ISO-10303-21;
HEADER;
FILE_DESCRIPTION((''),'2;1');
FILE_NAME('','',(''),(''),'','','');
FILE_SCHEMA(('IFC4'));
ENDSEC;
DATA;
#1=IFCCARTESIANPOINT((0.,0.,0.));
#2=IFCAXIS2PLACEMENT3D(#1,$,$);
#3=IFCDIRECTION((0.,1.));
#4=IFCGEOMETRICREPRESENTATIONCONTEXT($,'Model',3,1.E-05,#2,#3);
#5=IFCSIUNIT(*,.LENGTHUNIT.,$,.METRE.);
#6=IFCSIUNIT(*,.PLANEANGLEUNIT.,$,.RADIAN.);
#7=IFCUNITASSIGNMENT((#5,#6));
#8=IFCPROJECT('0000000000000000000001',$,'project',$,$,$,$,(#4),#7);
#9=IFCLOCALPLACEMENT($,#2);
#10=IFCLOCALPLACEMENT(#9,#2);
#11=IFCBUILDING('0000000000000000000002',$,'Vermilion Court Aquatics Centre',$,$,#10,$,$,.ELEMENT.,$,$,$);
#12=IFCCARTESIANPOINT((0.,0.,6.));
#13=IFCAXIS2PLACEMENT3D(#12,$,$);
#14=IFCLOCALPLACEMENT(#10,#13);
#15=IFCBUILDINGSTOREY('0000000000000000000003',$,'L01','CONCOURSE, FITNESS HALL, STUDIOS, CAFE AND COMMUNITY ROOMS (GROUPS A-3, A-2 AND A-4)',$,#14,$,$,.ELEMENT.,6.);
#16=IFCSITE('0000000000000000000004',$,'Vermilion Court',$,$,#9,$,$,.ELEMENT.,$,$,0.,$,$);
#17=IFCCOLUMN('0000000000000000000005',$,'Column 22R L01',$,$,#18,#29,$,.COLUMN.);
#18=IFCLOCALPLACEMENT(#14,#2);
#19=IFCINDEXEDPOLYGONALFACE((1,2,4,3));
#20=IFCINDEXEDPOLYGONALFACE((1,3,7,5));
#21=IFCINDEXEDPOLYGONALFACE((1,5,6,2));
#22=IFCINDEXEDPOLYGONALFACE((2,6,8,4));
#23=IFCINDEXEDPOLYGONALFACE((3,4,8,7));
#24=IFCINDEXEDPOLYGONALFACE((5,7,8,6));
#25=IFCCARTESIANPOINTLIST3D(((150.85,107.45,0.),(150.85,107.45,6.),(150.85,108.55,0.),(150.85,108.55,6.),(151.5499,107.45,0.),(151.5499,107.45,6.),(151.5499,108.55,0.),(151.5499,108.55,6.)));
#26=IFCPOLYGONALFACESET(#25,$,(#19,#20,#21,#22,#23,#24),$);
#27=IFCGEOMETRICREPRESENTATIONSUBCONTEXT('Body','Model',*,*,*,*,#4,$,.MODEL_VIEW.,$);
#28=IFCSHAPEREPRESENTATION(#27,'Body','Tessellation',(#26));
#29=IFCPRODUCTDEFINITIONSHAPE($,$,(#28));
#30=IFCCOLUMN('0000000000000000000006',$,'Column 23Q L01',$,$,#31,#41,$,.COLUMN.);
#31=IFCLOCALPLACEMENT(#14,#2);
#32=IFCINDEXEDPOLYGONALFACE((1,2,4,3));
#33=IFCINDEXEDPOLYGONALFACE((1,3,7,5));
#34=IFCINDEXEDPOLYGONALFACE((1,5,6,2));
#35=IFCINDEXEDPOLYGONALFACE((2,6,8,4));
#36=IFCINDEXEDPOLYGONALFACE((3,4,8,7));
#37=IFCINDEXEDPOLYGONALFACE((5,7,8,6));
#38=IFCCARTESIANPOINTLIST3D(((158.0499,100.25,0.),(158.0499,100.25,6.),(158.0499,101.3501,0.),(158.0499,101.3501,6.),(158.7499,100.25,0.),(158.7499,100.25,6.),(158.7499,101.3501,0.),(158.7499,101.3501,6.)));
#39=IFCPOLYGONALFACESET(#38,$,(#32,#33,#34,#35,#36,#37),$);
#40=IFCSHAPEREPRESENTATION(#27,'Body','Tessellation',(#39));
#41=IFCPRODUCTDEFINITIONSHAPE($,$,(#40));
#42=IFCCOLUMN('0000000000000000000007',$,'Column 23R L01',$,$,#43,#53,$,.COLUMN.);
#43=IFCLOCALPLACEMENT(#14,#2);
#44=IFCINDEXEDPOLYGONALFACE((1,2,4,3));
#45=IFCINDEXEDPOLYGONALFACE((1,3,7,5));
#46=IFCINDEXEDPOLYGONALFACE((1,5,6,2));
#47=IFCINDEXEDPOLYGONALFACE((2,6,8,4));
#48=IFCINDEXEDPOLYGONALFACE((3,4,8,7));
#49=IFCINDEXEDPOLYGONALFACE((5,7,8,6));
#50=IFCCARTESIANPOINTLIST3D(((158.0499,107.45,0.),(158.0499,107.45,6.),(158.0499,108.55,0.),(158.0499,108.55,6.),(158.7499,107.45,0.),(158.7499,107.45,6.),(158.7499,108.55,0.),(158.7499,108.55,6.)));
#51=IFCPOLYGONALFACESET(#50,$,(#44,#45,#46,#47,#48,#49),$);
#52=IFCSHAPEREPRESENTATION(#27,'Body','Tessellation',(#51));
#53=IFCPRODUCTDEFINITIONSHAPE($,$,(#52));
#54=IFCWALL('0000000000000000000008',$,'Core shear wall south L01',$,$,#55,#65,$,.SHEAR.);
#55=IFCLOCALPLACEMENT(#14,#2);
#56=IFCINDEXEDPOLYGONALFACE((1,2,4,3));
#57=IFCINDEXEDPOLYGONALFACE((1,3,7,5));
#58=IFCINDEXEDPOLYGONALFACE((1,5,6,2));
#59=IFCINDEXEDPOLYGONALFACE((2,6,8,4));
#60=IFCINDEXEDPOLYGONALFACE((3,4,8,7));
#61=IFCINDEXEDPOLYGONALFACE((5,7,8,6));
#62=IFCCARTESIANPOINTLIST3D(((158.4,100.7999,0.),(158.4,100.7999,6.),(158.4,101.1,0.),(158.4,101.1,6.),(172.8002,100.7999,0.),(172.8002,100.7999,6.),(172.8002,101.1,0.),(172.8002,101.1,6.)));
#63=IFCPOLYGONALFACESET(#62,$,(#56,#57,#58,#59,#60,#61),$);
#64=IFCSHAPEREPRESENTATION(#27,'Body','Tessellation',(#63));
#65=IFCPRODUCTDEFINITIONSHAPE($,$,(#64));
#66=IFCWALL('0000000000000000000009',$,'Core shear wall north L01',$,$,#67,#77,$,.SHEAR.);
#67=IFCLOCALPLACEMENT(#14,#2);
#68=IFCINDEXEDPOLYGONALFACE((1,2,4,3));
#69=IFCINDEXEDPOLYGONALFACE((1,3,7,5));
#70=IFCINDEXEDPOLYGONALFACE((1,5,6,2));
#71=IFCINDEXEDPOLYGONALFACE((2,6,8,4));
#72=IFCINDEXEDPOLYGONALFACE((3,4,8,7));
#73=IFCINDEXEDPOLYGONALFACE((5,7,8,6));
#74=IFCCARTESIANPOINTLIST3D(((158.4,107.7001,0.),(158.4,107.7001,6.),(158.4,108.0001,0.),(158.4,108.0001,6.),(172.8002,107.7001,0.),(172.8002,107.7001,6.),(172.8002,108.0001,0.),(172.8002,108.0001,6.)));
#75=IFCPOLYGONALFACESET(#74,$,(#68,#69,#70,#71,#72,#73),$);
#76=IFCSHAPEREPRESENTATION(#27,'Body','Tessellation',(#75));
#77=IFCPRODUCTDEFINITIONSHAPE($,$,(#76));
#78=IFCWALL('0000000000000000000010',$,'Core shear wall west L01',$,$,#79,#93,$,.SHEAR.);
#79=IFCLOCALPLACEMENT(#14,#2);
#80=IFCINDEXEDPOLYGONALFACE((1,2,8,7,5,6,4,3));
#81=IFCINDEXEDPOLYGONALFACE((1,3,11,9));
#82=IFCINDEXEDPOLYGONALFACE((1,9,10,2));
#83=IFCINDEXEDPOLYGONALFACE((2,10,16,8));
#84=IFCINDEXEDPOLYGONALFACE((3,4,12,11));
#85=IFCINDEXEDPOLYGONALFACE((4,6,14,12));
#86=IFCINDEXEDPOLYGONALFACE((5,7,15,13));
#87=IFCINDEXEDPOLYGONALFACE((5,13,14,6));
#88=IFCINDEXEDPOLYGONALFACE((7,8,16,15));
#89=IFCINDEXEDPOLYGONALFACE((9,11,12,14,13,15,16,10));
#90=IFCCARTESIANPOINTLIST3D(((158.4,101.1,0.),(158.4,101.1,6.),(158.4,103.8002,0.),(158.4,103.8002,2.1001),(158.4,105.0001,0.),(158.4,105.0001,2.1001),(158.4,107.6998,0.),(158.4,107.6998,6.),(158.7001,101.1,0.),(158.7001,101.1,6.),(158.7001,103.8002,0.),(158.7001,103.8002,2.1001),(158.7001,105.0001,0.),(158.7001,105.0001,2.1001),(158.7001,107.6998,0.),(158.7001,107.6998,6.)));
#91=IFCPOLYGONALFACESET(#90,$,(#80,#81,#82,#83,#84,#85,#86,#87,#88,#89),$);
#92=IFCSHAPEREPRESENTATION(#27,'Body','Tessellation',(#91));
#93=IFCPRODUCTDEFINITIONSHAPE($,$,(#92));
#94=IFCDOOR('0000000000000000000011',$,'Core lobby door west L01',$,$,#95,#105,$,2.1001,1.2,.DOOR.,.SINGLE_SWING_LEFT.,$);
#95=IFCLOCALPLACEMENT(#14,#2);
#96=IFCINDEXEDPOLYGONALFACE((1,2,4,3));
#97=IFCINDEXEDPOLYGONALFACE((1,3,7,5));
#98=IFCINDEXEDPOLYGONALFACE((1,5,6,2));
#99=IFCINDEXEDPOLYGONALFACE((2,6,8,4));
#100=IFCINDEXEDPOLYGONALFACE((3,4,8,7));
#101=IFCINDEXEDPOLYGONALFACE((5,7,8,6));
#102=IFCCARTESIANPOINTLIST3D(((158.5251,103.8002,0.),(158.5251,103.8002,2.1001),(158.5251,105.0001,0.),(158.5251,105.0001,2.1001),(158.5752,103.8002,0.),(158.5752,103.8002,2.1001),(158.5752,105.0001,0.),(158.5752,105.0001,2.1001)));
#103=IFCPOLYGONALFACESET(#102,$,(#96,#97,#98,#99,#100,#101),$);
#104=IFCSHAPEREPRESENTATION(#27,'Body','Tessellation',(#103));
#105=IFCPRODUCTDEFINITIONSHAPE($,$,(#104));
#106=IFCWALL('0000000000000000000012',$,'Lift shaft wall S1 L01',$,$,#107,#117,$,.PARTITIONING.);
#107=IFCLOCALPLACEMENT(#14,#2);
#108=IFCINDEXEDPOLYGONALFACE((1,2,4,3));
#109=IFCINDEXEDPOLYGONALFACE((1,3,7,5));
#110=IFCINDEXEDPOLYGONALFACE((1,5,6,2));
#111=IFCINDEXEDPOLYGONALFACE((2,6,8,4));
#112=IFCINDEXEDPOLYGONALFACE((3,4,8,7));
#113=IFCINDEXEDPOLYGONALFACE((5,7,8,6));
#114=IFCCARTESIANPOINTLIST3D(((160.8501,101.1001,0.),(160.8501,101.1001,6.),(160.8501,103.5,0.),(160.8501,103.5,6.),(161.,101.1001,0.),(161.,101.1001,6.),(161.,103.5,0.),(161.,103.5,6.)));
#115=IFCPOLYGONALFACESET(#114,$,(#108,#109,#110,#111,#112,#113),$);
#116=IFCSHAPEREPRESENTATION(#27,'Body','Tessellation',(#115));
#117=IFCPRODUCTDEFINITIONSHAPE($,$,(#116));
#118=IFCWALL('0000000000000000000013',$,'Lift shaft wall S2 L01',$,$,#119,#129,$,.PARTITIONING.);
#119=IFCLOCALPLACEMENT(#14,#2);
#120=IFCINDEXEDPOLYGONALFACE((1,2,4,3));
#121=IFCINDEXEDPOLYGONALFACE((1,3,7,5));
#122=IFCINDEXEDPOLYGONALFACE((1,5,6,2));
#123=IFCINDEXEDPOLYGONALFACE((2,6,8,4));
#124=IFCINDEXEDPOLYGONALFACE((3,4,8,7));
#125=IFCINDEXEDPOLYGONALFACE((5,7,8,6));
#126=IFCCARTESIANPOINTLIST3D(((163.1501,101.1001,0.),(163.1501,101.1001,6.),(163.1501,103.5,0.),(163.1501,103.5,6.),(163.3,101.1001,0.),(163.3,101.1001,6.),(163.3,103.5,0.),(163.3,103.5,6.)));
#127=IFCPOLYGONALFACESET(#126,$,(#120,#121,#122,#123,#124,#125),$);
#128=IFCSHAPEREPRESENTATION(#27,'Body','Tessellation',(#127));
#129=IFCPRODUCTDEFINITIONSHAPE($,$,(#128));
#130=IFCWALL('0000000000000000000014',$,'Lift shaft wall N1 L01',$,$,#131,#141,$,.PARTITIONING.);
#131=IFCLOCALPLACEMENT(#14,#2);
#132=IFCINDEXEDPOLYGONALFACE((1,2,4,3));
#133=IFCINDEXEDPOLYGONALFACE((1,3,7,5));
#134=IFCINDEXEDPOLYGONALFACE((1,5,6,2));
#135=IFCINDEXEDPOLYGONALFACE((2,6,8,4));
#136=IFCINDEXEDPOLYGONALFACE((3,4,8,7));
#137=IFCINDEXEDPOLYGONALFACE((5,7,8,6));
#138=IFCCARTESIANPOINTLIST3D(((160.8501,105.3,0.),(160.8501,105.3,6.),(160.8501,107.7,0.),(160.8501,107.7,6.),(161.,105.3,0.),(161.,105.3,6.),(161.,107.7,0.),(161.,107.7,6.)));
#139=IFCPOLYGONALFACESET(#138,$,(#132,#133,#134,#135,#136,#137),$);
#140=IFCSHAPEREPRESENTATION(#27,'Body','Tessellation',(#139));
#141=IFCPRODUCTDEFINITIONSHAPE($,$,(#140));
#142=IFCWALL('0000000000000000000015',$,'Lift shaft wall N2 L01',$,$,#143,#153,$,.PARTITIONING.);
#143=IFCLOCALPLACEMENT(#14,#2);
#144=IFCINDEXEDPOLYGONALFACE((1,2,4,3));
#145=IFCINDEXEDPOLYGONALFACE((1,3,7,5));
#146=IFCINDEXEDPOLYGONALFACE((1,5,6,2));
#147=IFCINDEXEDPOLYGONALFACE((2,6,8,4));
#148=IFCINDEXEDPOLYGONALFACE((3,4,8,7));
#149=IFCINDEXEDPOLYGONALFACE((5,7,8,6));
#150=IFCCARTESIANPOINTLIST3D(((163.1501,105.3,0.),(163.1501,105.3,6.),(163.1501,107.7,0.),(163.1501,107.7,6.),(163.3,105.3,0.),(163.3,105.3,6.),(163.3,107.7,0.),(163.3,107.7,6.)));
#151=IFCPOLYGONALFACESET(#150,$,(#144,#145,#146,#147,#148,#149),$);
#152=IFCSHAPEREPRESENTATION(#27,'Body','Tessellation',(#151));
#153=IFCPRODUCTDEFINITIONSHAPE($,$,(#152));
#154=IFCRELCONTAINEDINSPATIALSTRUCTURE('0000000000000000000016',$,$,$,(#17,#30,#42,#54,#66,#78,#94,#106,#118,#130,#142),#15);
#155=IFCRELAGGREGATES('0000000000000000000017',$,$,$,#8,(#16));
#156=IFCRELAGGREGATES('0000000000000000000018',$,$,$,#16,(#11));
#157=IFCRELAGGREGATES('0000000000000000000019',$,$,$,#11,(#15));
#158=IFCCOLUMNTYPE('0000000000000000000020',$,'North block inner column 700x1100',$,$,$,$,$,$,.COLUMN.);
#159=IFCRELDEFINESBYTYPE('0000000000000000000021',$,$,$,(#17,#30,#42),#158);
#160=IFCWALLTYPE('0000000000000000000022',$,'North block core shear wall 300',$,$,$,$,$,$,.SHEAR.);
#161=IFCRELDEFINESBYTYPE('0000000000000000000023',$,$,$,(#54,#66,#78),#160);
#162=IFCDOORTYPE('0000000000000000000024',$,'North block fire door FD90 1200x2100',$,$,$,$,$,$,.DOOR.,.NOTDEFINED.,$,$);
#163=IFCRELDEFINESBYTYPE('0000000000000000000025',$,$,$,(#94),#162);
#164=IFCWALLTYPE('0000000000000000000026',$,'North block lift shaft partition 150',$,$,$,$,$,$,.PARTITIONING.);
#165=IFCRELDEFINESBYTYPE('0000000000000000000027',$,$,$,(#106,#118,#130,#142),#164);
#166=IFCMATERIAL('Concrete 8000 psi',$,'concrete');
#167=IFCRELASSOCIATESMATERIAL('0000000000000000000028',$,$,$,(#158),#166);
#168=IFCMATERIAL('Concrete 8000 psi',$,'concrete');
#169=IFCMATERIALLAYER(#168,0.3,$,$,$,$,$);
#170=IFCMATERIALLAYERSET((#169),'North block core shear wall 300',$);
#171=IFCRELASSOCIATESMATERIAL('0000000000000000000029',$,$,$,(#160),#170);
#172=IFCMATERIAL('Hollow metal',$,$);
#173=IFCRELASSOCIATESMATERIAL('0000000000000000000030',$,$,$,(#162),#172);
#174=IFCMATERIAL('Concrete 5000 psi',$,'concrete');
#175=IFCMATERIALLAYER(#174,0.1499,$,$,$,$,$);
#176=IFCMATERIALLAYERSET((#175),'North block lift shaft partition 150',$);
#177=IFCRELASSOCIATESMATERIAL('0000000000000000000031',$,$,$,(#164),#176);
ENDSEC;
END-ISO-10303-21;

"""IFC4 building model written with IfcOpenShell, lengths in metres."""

from ifc_helpers import new_model, si_unit, direction, frame, frame_2d, origin, origin_2d, place, context, subcontext, project, spatial, rectangle, extrude, material, layer, layer_set, material_profile, profile_set, type_object, element, fill, save


model = new_model("IFC4")

# Units and contexts
model_context = context("Model", 3, precision=1e-05, world=origin(), true_north=direction((0.0, 1.0)))
body_context = subcontext(model_context, "Body", "Model", "MODEL_VIEW")
ifc_project = project(units=[si_unit("LENGTHUNIT", "METRE"), si_unit("PLANEANGLEUNIT", "RADIAN")], contexts=[model_context])

# Site, building, storey
site_placement = place(None, origin())
site = spatial("IfcSite", under=ifc_project, at=site_placement, Name="Vermilion Court", CompositionType="ELEMENT", RefElevation=0.0)
building_placement = place(site_placement, origin())
building = spatial("IfcBuilding", under=site, at=building_placement, Name="Vermilion Court Aquatics Centre", CompositionType="ELEMENT")
storey_placement = place(building_placement, frame((0.0, 0.0, 6.0)))
storey = spatial("IfcBuildingStorey", under=building, at=storey_placement, Name="L01", Description="CONCOURSE, FITNESS HALL, STUDIOS, CAFE AND COMMUNITY ROOMS (GROUPS A-3, A-2 AND A-4)", CompositionType="ELEMENT", Elevation=6.0)

# Columns
ifc_material_1 = material(Name="Concrete 8000 psi", Category="concrete")
ifc_material_profile = material_profile(ifc_material_1, rectangle(XDim=0.7, YDim=1.1001, at=origin_2d()), Name="RC 700x1100")
ifc_profile_set = profile_set([ifc_material_profile], Name="Concrete 8000 psi")
column_type = type_object("IfcColumnType", Name="North block inner column 700x1100", PredefinedType="COLUMN", material=ifc_profile_set)
for number, where, z_axis, x_axis, name in (
    (1, (151.2, 108.0, 0.0), (0.0, 0.0, 1.0), (1.0, 0.0, 0.0), "Column 22R L01"),
    (2, (158.3999, 100.8, 0.0), (0.0, 0.0, 1.0), (1.0, 0.0, 0.0), "Column 23Q L01"),
    (3, (158.3999, 108.0, 0.0), (0.0, 0.0, 1.0), (1.0, 0.0, 0.0), "Column 23R L01"),
):
    element("IfcColumn", number, at=place(storey_placement, frame(where, z_axis=z_axis, x_axis=x_axis)), inside=storey, type_object=column_type, Name=name, PredefinedType="COLUMN", context=body_context, shape_type="SweptSolid", body=[
        extrude(rectangle(XDim=0.7, YDim=1.1001, at=origin_2d()), origin(), (0.0, 0.0, 1.0), 6.0),
    ])

# Walls
ifc_material_2 = material(Name="Concrete 8000 psi", Category="concrete")
ifc_layer_1 = layer(ifc_material_2, 0.3)
ifc_layer_set_1 = layer_set([ifc_layer_1], Name="North block core shear wall 300")
wall_type_1 = type_object("IfcWallType", Name="North block core shear wall 300", PredefinedType="SHEAR", material=ifc_layer_set_1)
for number, where, z_axis, x_axis, name in (
    (4, (158.3999, 100.95, 0.0), (0.0, 0.0, 1.0), (1.0, 0.0, 0.0), "Core shear wall south L01"),
    (5, (158.3999, 107.8501, 0.0), (0.0, 0.0, 1.0), (1.0, 0.0, 0.0), "Core shear wall north L01"),
):
    element("IfcWall", number, at=place(storey_placement, frame(where, z_axis=z_axis, x_axis=x_axis)), inside=storey, type_object=wall_type_1, Name=name, PredefinedType="SHEAR", context=body_context, shape_type="SweptSolid", body=[
        extrude(rectangle(XDim=14.4001, YDim=0.3, at=frame_2d((7.2002, 0.0))), origin(), (0.0, 0.0, 1.0), 6.0),
    ])

# Wall, opening, door
wall_1_placement = place(storey_placement, frame((158.55, 101.1001, 0.0), z_axis=(0.0, 0.0, 1.0), x_axis=(0.0, 1.0, 0.0)))
wall_1 = element("IfcWall", 6, at=wall_1_placement, inside=storey, type_object=wall_type_1, Name="Core shear wall west L01", PredefinedType="SHEAR", context=body_context, shape_type="SweptSolid", body=[
    extrude(rectangle(XDim=6.5999, YDim=0.3, at=frame_2d((3.2998, 0.0))), origin(), (0.0, 0.0, 1.0), 6.0),
])
opening_1_placement = place(wall_1_placement, frame((2.7, 0.0, 0.0)))
opening_1 = element("IfcOpeningElement", 7, at=opening_1_placement, cuts=wall_1, PredefinedType="OPENING", context=body_context, shape_type="SweptSolid", body=[
    extrude(rectangle(XDim=1.2, YDim=2.1001, at=frame_2d((0.6001, 1.05))), frame((0.0, 0.1599, 0.0), z_axis=(0.0, -1.0, 0.0), x_axis=(1.0, 0.0, 0.0)), (0.0, 0.0, 1.0), 0.3201),
])
ifc_material_3 = material(Name="Hollow metal")
door_type_1 = type_object("IfcDoorType", Name="North block fire door FD90 1200x2100", OperationType="NOTDEFINED", PredefinedType="DOOR", material=ifc_material_3)
door_1_placement = place(opening_1_placement, origin())
door_1 = element("IfcDoor", 8, at=door_1_placement, inside=storey, type_object=door_type_1, Name="Core lobby door west L01", OperationType="SINGLE_SWING_LEFT", OverallHeight=2.1001, OverallWidth=1.2, PredefinedType="DOOR", context=body_context, shape_type="SweptSolid", body=[
    extrude(rectangle(XDim=1.2, YDim=2.1001, at=frame_2d((0.6001, 1.05))), frame((0.0, 0.0249, 0.0), z_axis=(0.0, -1.0, 0.0), x_axis=(1.0, 0.0, 0.0)), (0.0, 0.0, 1.0), 0.05),
])
fill(opening_1, door_1)

# Walls
ifc_material_4 = material(Name="Concrete 5000 psi", Category="concrete")
ifc_layer_2 = layer(ifc_material_4, 0.1499)
ifc_layer_set_2 = layer_set([ifc_layer_2], Name="North block lift shaft partition 150")
wall_type_2 = type_object("IfcWallType", Name="North block lift shaft partition 150", PredefinedType="PARTITIONING", material=ifc_layer_set_2)
for number, where, z_axis, x_axis, name in (
    (9, (160.925, 101.1001, 0.0), (0.0, 0.0, 1.0), (0.0, 1.0, 0.0), "Lift shaft wall S1 L01"),
    (10, (163.2251, 101.1001, 0.0), (0.0, 0.0, 1.0), (0.0, 1.0, 0.0), "Lift shaft wall S2 L01"),
    (11, (160.925, 105.3, 0.0), (0.0, 0.0, 1.0), (0.0, 1.0, 0.0), "Lift shaft wall N1 L01"),
    (12, (163.2251, 105.3, 0.0), (0.0, 0.0, 1.0), (0.0, 1.0, 0.0), "Lift shaft wall N2 L01"),
):
    element("IfcWall", number, at=place(storey_placement, frame(where, z_axis=z_axis, x_axis=x_axis)), inside=storey, type_object=wall_type_2, Name=name, PredefinedType="PARTITIONING", context=body_context, shape_type="SweptSolid", body=[
        extrude(rectangle(XDim=2.3999, YDim=0.1499, at=frame_2d((1.2, 0.0))), origin(), (0.0, 0.0, 1.0), 6.0),
    ])

save(model, "model.ifc")
